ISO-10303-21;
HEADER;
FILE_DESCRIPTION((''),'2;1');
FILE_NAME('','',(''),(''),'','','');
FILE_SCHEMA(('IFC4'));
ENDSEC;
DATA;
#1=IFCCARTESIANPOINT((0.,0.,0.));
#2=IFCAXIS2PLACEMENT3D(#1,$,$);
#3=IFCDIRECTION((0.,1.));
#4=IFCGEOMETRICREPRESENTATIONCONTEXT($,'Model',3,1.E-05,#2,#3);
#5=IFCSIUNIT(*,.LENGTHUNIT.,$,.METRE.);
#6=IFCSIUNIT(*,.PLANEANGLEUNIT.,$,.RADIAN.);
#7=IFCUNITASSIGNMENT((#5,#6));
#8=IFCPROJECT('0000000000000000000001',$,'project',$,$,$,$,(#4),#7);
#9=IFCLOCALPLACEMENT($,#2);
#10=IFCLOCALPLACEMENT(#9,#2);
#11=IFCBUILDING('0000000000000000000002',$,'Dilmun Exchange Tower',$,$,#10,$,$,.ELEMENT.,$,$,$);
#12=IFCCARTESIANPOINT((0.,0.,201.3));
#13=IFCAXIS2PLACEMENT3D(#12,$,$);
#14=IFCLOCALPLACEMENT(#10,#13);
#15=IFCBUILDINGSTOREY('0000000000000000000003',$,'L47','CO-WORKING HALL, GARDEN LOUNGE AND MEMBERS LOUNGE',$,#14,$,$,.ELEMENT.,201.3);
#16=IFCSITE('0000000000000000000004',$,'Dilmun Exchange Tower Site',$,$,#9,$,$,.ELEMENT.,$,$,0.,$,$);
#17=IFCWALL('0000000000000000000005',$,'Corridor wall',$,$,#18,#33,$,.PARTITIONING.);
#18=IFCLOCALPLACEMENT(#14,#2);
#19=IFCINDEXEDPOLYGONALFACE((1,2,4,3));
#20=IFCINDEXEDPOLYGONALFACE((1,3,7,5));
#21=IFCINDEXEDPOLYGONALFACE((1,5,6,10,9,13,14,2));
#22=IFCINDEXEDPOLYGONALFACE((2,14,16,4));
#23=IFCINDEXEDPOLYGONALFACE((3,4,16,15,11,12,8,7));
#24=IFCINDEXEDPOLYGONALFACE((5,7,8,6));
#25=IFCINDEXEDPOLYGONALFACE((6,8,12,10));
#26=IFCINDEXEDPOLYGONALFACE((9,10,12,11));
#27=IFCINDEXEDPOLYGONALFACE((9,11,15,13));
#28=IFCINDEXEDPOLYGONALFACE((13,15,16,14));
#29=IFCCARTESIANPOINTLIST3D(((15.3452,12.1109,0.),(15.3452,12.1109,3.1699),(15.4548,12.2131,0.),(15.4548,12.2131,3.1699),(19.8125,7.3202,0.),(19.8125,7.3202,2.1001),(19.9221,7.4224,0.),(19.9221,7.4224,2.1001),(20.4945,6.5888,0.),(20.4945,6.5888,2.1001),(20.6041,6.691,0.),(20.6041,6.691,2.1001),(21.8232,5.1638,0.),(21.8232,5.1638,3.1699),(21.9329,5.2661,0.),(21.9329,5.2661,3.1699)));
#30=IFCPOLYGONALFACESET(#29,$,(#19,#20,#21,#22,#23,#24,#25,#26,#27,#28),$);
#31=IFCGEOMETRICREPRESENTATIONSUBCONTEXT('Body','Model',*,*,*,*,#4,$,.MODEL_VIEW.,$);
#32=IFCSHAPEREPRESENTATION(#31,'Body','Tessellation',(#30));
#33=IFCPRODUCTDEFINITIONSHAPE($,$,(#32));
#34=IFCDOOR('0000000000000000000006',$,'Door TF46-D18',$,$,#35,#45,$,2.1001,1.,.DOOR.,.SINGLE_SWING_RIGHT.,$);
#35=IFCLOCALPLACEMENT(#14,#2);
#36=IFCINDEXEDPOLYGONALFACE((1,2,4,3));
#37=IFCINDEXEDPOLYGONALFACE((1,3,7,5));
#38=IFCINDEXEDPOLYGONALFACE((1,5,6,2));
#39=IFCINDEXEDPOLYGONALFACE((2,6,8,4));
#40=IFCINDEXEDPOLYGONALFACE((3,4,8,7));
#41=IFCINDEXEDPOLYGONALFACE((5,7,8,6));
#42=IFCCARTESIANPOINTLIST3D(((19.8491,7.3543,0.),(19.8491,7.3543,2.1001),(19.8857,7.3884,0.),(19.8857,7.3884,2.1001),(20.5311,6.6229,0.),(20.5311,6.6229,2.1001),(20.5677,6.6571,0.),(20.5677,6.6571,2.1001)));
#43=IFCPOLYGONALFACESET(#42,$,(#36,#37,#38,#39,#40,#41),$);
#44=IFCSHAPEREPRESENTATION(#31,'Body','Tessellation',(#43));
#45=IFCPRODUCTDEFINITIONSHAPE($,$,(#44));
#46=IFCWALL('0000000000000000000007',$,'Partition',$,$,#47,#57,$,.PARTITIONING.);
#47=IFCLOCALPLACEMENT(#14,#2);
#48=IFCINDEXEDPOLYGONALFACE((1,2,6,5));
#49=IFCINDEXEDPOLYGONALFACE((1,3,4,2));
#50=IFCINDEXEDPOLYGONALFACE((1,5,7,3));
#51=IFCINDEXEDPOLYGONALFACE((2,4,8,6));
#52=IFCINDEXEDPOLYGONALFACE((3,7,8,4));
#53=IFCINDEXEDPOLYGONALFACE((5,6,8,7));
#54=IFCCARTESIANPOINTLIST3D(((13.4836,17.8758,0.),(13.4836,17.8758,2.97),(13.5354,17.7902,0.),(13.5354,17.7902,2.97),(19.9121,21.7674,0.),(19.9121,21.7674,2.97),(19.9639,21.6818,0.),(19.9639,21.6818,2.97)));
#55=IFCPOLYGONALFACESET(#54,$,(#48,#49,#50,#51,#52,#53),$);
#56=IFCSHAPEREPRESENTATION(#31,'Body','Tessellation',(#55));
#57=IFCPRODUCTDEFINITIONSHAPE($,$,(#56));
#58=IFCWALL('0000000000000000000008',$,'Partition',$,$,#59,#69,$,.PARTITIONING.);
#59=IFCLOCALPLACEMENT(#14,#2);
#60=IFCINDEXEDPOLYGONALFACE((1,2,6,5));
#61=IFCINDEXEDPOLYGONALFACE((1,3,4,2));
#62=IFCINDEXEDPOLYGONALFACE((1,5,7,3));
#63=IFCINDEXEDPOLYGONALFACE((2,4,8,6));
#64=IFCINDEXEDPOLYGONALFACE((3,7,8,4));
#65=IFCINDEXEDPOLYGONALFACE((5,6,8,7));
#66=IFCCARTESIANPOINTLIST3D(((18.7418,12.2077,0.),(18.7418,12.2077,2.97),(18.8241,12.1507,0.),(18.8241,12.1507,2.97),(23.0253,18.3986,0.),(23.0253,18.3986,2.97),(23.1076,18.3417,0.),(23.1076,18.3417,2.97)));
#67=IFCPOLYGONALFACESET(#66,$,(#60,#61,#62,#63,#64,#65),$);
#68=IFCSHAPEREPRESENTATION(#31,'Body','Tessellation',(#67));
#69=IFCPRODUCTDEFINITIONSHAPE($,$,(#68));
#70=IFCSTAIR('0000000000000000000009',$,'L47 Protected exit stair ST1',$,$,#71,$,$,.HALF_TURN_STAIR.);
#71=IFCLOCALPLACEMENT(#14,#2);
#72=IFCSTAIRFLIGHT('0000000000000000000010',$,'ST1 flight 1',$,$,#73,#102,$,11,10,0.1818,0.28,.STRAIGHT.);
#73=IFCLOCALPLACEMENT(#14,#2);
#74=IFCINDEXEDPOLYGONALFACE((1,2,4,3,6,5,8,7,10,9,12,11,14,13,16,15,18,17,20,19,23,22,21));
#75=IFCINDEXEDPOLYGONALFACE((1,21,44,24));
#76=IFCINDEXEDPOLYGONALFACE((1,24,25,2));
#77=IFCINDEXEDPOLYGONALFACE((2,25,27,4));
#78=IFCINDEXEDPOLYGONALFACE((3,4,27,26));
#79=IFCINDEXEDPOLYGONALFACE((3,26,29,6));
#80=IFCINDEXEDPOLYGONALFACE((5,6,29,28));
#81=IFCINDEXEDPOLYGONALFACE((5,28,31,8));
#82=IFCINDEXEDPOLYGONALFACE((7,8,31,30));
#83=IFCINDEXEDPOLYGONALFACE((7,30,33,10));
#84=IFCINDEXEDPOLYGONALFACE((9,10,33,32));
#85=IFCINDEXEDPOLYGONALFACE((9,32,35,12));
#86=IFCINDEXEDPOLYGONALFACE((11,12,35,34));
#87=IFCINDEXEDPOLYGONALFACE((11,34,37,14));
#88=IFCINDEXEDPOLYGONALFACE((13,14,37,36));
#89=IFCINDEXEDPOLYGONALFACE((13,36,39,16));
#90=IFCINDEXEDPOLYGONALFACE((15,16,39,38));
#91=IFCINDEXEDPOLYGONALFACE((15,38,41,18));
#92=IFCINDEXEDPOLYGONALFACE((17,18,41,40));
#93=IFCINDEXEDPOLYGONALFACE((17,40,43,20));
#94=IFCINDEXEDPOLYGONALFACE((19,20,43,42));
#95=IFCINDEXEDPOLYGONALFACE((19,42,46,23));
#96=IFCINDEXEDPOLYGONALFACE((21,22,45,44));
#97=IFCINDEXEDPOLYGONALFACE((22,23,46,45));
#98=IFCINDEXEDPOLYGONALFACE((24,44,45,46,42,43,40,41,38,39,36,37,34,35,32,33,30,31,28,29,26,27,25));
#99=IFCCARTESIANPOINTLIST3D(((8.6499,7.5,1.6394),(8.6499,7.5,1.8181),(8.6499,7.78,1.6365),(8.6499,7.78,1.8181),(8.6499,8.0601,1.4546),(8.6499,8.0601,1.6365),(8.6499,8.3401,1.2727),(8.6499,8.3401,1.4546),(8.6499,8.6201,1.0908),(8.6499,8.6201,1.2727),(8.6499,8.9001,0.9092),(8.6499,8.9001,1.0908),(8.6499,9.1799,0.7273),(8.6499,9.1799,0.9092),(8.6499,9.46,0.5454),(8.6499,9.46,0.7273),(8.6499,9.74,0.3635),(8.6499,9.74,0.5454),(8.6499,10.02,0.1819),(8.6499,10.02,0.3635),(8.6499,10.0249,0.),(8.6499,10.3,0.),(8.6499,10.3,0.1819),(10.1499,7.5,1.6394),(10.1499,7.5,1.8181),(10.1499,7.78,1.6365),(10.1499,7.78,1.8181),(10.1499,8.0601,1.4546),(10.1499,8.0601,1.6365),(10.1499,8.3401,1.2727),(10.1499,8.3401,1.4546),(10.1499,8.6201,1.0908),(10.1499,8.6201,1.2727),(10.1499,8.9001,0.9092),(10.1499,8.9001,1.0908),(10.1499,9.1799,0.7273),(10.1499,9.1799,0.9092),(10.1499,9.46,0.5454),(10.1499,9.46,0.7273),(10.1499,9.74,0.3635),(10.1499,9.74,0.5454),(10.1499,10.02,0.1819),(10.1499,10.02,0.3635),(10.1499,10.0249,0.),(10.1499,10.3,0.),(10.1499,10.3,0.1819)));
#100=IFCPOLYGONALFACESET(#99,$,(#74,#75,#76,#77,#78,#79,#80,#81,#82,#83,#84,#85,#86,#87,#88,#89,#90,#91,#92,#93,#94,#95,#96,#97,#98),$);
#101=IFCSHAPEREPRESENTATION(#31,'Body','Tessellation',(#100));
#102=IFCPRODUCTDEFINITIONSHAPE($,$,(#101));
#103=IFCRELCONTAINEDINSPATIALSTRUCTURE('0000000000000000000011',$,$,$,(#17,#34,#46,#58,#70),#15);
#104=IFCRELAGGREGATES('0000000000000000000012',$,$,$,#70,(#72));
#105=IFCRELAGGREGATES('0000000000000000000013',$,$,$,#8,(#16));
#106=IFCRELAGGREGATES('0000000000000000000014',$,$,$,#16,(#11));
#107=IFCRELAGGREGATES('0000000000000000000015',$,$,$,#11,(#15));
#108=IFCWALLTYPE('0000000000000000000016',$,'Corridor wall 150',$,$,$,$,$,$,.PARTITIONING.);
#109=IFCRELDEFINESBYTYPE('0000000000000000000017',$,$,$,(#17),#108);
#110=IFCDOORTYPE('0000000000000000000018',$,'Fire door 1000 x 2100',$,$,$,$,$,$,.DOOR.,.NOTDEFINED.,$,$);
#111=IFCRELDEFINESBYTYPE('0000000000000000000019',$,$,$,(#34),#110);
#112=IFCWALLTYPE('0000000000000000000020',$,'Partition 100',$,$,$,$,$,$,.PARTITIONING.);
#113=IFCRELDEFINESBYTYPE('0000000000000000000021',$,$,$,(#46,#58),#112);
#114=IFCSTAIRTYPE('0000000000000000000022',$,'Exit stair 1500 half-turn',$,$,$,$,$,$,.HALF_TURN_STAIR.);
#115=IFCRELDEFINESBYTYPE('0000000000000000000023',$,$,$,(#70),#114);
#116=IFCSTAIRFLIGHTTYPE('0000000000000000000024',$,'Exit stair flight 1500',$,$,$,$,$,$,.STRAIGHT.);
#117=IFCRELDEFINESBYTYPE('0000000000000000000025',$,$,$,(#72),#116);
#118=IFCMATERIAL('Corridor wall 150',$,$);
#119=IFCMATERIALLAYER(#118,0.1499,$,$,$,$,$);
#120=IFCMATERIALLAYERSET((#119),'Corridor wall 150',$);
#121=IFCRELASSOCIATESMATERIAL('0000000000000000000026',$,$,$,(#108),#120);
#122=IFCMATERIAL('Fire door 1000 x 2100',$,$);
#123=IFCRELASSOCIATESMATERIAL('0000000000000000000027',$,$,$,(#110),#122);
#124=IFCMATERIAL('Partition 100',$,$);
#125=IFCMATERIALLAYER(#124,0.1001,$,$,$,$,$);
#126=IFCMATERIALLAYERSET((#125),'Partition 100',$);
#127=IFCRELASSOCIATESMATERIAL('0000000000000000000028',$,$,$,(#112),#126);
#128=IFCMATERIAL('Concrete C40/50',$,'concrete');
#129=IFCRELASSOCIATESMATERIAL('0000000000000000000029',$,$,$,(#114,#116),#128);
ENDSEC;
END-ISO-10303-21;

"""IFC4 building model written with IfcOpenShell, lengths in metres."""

from ifc_helpers import new_model, si_unit, direction, frame, frame_2d, origin, place, context, subcontext, project, spatial, polyline, rectangle, outline, extrude, material, layer, layer_set, type_object, element, fill, aggregate, save


model = new_model("IFC4")

# Units and contexts
model_context = context("Model", 3, precision=1e-05, world=origin(), true_north=direction((0.0, 1.0)))
body_context = subcontext(model_context, "Body", "Model", "MODEL_VIEW")
ifc_project = project(units=[si_unit("LENGTHUNIT", "METRE"), si_unit("PLANEANGLEUNIT", "RADIAN")], contexts=[model_context])

# Site, building, storey
site_placement = place(None, origin())
site = spatial("IfcSite", under=ifc_project, at=site_placement, Name="Dilmun Exchange Tower Site", CompositionType="ELEMENT", RefElevation=0.0)
building_placement = place(site_placement, origin())
building = spatial("IfcBuilding", under=site, at=building_placement, Name="Dilmun Exchange Tower", CompositionType="ELEMENT")
storey_placement = place(building_placement, frame((0.0, 0.0, 201.3)))
storey = spatial("IfcBuildingStorey", under=building, at=storey_placement, Name="L47", Description="CO-WORKING HALL, GARDEN LOUNGE AND MEMBERS LOUNGE", CompositionType="ELEMENT", Elevation=201.3)

# Shared definitions
ifc_material_1 = material(Name="Concrete C40/50", Category="concrete")

# Shared definitions
ifc_material_2 = material(Name="Corridor wall 150")
ifc_layer_1 = layer(ifc_material_2, 0.1499)
ifc_layer_set_1 = layer_set([ifc_layer_1], Name="Corridor wall 150")
wall_type_1 = type_object("IfcWallType", Name="Corridor wall 150", PredefinedType="PARTITIONING", material=ifc_layer_set_1)
ifc_material_3 = material(Name="Fire door 1000 x 2100")
door_type = type_object("IfcDoorType", Name="Fire door 1000 x 2100", OperationType="NOTDEFINED", PredefinedType="DOOR", material=ifc_material_3)

# Wall, opening, door
wall_1_placement = place(storey_placement, frame((15.3999, 12.1621, 0.0), z_axis=(0.0, 0.0, 1.0), x_axis=(0.681989, -0.731363, 0.0)))
wall_1 = element("IfcWall", 1, at=wall_1_placement, inside=storey, type_object=wall_type_1, Name="Corridor wall", PredefinedType="PARTITIONING", context=body_context, shape_type="SweptSolid", body=[
    extrude(rectangle(XDim=9.4988, YDim=0.1499, at=frame_2d((4.7495, 0.0))), origin(), (0.0, 0.0, 1.0), 3.1699),
])
opening_1_placement = place(wall_1_placement, frame((6.5505, 0.0, 0.0)))
opening_1 = element("IfcOpeningElement", 2, at=opening_1_placement, cuts=wall_1, PredefinedType="OPENING", context=body_context, shape_type="SweptSolid", body=[
    extrude(rectangle(XDim=1.0, YDim=2.1001, at=frame_2d((0.5, 1.05))), frame((0.0, 0.085, 0.0), z_axis=(0.0, -1.0, 0.0), x_axis=(1.0, 0.0, 0.0)), (0.0, 0.0, 1.0), 0.1699),
])
door_1_placement = place(opening_1_placement, frame((1.0, 0.0, 0.0), z_axis=(0.0, 0.0, 1.0), x_axis=(-1.0, 0.0, 0.0)))
door_1 = element("IfcDoor", 3, at=door_1_placement, inside=storey, type_object=door_type, Name="Door TF46-D18", OperationType="SINGLE_SWING_RIGHT", OverallHeight=2.1001, OverallWidth=1.0, PredefinedType="DOOR", context=body_context, shape_type="SweptSolid", body=[
    extrude(rectangle(XDim=1.0, YDim=2.1001, at=frame_2d((0.5, 1.05))), frame((0.0, 0.0249, 0.0), z_axis=(0.0, -1.0, 0.0), x_axis=(1.0, 0.0, 0.0)), (0.0, 0.0, 1.0), 0.05),
])
fill(opening_1, door_1)

# Walls
ifc_material_4 = material(Name="Partition 100")
ifc_layer_2 = layer(ifc_material_4, 0.1001)
ifc_layer_set_2 = layer_set([ifc_layer_2], Name="Partition 100")
wall_type_2 = type_object("IfcWallType", Name="Partition 100", PredefinedType="PARTITIONING", material=ifc_layer_set_2)
wall_2_placement = place(storey_placement, frame((13.5095, 17.833, 0.0), z_axis=(0.0, 0.0, 1.0), x_axis=(0.85546, 0.51787, 0.0)))
element("IfcWall", 4, at=wall_2_placement, inside=storey, type_object=wall_type_2, Name="Partition", PredefinedType="PARTITIONING", context=body_context, shape_type="SweptSolid", body=[
    extrude(rectangle(XDim=7.5146, YDim=0.1001, at=frame_2d((3.7573, 0.0))), origin(), (0.0, 0.0, 1.0), 2.97),
])
wall_3_placement = place(storey_placement, frame((18.783, 12.1792, 0.0), z_axis=(0.0, 0.0, 1.0), x_axis=(0.568979, 0.822352, 0.0)))
element("IfcWall", 5, at=wall_3_placement, inside=storey, type_object=wall_type_2, Name="Partition", PredefinedType="PARTITIONING", context=body_context, shape_type="SweptSolid", body=[
    extrude(rectangle(XDim=7.5283, YDim=0.1001, at=frame_2d((3.7642, 0.0))), origin(), (0.0, 0.0, 1.0), 2.97),
])

# Stair, stair flight
stair_type = type_object("IfcStairType", Name="Exit stair 1500 half-turn", PredefinedType="HALF_TURN_STAIR", material=ifc_material_1)
stair_placement = place(storey_placement, origin())
stair = element("IfcStair", 6, at=stair_placement, inside=storey, type_object=stair_type, Name="L47 Protected exit stair ST1", PredefinedType="HALF_TURN_STAIR")
stair_flight_type = type_object("IfcStairFlightType", Name="Exit stair flight 1500", PredefinedType="STRAIGHT", material=ifc_material_1)
stair_flight_placement = place(storey_placement, frame((9.3999, 10.3, 0.0), z_axis=(0.0, 0.0, 1.0), x_axis=(0.0, -1.0, 0.0)))
stair_flight = element("IfcStairFlight", 7, at=stair_flight_placement, type_object=stair_flight_type, Name="ST1 flight 1", NumberOfRisers=11, NumberOfTreads=10, PredefinedType="STRAIGHT", RiserHeight=0.1818, TreadLength=0.28, context=body_context, shape_type="SweptSolid", body=[
    extrude(outline(polyline([(0.0, 0.0), (0.0, 0.1819), (0.28, 0.1819), (0.28, 0.3635), (0.5601, 0.3635), (0.5601, 0.5454), (0.8401, 0.5454), (0.8401, 0.7273), (1.1201, 0.7273), (1.1201, 0.9092), (1.3999, 0.9092), (1.3999, 1.0908), (1.6799, 1.0908), (1.6799, 1.2727), (1.96, 1.2727), (1.96, 1.4546), (2.24, 1.4546), (2.24, 1.6365), (2.52, 1.6365), (2.52, 1.8181), (2.8, 1.8181), (2.8, 2.0), (2.8, 1.6394), (0.2751, 0.0), (0.0, 0.0)])), frame((0.0, 0.75, 0.0), z_axis=(0.0, -1.0, 0.0), x_axis=(1.0, 0.0, 0.0)), (0.0, 0.0, 1.0), 1.5),
])
aggregate(stair, [stair_flight])

save(model, "model.ifc")
